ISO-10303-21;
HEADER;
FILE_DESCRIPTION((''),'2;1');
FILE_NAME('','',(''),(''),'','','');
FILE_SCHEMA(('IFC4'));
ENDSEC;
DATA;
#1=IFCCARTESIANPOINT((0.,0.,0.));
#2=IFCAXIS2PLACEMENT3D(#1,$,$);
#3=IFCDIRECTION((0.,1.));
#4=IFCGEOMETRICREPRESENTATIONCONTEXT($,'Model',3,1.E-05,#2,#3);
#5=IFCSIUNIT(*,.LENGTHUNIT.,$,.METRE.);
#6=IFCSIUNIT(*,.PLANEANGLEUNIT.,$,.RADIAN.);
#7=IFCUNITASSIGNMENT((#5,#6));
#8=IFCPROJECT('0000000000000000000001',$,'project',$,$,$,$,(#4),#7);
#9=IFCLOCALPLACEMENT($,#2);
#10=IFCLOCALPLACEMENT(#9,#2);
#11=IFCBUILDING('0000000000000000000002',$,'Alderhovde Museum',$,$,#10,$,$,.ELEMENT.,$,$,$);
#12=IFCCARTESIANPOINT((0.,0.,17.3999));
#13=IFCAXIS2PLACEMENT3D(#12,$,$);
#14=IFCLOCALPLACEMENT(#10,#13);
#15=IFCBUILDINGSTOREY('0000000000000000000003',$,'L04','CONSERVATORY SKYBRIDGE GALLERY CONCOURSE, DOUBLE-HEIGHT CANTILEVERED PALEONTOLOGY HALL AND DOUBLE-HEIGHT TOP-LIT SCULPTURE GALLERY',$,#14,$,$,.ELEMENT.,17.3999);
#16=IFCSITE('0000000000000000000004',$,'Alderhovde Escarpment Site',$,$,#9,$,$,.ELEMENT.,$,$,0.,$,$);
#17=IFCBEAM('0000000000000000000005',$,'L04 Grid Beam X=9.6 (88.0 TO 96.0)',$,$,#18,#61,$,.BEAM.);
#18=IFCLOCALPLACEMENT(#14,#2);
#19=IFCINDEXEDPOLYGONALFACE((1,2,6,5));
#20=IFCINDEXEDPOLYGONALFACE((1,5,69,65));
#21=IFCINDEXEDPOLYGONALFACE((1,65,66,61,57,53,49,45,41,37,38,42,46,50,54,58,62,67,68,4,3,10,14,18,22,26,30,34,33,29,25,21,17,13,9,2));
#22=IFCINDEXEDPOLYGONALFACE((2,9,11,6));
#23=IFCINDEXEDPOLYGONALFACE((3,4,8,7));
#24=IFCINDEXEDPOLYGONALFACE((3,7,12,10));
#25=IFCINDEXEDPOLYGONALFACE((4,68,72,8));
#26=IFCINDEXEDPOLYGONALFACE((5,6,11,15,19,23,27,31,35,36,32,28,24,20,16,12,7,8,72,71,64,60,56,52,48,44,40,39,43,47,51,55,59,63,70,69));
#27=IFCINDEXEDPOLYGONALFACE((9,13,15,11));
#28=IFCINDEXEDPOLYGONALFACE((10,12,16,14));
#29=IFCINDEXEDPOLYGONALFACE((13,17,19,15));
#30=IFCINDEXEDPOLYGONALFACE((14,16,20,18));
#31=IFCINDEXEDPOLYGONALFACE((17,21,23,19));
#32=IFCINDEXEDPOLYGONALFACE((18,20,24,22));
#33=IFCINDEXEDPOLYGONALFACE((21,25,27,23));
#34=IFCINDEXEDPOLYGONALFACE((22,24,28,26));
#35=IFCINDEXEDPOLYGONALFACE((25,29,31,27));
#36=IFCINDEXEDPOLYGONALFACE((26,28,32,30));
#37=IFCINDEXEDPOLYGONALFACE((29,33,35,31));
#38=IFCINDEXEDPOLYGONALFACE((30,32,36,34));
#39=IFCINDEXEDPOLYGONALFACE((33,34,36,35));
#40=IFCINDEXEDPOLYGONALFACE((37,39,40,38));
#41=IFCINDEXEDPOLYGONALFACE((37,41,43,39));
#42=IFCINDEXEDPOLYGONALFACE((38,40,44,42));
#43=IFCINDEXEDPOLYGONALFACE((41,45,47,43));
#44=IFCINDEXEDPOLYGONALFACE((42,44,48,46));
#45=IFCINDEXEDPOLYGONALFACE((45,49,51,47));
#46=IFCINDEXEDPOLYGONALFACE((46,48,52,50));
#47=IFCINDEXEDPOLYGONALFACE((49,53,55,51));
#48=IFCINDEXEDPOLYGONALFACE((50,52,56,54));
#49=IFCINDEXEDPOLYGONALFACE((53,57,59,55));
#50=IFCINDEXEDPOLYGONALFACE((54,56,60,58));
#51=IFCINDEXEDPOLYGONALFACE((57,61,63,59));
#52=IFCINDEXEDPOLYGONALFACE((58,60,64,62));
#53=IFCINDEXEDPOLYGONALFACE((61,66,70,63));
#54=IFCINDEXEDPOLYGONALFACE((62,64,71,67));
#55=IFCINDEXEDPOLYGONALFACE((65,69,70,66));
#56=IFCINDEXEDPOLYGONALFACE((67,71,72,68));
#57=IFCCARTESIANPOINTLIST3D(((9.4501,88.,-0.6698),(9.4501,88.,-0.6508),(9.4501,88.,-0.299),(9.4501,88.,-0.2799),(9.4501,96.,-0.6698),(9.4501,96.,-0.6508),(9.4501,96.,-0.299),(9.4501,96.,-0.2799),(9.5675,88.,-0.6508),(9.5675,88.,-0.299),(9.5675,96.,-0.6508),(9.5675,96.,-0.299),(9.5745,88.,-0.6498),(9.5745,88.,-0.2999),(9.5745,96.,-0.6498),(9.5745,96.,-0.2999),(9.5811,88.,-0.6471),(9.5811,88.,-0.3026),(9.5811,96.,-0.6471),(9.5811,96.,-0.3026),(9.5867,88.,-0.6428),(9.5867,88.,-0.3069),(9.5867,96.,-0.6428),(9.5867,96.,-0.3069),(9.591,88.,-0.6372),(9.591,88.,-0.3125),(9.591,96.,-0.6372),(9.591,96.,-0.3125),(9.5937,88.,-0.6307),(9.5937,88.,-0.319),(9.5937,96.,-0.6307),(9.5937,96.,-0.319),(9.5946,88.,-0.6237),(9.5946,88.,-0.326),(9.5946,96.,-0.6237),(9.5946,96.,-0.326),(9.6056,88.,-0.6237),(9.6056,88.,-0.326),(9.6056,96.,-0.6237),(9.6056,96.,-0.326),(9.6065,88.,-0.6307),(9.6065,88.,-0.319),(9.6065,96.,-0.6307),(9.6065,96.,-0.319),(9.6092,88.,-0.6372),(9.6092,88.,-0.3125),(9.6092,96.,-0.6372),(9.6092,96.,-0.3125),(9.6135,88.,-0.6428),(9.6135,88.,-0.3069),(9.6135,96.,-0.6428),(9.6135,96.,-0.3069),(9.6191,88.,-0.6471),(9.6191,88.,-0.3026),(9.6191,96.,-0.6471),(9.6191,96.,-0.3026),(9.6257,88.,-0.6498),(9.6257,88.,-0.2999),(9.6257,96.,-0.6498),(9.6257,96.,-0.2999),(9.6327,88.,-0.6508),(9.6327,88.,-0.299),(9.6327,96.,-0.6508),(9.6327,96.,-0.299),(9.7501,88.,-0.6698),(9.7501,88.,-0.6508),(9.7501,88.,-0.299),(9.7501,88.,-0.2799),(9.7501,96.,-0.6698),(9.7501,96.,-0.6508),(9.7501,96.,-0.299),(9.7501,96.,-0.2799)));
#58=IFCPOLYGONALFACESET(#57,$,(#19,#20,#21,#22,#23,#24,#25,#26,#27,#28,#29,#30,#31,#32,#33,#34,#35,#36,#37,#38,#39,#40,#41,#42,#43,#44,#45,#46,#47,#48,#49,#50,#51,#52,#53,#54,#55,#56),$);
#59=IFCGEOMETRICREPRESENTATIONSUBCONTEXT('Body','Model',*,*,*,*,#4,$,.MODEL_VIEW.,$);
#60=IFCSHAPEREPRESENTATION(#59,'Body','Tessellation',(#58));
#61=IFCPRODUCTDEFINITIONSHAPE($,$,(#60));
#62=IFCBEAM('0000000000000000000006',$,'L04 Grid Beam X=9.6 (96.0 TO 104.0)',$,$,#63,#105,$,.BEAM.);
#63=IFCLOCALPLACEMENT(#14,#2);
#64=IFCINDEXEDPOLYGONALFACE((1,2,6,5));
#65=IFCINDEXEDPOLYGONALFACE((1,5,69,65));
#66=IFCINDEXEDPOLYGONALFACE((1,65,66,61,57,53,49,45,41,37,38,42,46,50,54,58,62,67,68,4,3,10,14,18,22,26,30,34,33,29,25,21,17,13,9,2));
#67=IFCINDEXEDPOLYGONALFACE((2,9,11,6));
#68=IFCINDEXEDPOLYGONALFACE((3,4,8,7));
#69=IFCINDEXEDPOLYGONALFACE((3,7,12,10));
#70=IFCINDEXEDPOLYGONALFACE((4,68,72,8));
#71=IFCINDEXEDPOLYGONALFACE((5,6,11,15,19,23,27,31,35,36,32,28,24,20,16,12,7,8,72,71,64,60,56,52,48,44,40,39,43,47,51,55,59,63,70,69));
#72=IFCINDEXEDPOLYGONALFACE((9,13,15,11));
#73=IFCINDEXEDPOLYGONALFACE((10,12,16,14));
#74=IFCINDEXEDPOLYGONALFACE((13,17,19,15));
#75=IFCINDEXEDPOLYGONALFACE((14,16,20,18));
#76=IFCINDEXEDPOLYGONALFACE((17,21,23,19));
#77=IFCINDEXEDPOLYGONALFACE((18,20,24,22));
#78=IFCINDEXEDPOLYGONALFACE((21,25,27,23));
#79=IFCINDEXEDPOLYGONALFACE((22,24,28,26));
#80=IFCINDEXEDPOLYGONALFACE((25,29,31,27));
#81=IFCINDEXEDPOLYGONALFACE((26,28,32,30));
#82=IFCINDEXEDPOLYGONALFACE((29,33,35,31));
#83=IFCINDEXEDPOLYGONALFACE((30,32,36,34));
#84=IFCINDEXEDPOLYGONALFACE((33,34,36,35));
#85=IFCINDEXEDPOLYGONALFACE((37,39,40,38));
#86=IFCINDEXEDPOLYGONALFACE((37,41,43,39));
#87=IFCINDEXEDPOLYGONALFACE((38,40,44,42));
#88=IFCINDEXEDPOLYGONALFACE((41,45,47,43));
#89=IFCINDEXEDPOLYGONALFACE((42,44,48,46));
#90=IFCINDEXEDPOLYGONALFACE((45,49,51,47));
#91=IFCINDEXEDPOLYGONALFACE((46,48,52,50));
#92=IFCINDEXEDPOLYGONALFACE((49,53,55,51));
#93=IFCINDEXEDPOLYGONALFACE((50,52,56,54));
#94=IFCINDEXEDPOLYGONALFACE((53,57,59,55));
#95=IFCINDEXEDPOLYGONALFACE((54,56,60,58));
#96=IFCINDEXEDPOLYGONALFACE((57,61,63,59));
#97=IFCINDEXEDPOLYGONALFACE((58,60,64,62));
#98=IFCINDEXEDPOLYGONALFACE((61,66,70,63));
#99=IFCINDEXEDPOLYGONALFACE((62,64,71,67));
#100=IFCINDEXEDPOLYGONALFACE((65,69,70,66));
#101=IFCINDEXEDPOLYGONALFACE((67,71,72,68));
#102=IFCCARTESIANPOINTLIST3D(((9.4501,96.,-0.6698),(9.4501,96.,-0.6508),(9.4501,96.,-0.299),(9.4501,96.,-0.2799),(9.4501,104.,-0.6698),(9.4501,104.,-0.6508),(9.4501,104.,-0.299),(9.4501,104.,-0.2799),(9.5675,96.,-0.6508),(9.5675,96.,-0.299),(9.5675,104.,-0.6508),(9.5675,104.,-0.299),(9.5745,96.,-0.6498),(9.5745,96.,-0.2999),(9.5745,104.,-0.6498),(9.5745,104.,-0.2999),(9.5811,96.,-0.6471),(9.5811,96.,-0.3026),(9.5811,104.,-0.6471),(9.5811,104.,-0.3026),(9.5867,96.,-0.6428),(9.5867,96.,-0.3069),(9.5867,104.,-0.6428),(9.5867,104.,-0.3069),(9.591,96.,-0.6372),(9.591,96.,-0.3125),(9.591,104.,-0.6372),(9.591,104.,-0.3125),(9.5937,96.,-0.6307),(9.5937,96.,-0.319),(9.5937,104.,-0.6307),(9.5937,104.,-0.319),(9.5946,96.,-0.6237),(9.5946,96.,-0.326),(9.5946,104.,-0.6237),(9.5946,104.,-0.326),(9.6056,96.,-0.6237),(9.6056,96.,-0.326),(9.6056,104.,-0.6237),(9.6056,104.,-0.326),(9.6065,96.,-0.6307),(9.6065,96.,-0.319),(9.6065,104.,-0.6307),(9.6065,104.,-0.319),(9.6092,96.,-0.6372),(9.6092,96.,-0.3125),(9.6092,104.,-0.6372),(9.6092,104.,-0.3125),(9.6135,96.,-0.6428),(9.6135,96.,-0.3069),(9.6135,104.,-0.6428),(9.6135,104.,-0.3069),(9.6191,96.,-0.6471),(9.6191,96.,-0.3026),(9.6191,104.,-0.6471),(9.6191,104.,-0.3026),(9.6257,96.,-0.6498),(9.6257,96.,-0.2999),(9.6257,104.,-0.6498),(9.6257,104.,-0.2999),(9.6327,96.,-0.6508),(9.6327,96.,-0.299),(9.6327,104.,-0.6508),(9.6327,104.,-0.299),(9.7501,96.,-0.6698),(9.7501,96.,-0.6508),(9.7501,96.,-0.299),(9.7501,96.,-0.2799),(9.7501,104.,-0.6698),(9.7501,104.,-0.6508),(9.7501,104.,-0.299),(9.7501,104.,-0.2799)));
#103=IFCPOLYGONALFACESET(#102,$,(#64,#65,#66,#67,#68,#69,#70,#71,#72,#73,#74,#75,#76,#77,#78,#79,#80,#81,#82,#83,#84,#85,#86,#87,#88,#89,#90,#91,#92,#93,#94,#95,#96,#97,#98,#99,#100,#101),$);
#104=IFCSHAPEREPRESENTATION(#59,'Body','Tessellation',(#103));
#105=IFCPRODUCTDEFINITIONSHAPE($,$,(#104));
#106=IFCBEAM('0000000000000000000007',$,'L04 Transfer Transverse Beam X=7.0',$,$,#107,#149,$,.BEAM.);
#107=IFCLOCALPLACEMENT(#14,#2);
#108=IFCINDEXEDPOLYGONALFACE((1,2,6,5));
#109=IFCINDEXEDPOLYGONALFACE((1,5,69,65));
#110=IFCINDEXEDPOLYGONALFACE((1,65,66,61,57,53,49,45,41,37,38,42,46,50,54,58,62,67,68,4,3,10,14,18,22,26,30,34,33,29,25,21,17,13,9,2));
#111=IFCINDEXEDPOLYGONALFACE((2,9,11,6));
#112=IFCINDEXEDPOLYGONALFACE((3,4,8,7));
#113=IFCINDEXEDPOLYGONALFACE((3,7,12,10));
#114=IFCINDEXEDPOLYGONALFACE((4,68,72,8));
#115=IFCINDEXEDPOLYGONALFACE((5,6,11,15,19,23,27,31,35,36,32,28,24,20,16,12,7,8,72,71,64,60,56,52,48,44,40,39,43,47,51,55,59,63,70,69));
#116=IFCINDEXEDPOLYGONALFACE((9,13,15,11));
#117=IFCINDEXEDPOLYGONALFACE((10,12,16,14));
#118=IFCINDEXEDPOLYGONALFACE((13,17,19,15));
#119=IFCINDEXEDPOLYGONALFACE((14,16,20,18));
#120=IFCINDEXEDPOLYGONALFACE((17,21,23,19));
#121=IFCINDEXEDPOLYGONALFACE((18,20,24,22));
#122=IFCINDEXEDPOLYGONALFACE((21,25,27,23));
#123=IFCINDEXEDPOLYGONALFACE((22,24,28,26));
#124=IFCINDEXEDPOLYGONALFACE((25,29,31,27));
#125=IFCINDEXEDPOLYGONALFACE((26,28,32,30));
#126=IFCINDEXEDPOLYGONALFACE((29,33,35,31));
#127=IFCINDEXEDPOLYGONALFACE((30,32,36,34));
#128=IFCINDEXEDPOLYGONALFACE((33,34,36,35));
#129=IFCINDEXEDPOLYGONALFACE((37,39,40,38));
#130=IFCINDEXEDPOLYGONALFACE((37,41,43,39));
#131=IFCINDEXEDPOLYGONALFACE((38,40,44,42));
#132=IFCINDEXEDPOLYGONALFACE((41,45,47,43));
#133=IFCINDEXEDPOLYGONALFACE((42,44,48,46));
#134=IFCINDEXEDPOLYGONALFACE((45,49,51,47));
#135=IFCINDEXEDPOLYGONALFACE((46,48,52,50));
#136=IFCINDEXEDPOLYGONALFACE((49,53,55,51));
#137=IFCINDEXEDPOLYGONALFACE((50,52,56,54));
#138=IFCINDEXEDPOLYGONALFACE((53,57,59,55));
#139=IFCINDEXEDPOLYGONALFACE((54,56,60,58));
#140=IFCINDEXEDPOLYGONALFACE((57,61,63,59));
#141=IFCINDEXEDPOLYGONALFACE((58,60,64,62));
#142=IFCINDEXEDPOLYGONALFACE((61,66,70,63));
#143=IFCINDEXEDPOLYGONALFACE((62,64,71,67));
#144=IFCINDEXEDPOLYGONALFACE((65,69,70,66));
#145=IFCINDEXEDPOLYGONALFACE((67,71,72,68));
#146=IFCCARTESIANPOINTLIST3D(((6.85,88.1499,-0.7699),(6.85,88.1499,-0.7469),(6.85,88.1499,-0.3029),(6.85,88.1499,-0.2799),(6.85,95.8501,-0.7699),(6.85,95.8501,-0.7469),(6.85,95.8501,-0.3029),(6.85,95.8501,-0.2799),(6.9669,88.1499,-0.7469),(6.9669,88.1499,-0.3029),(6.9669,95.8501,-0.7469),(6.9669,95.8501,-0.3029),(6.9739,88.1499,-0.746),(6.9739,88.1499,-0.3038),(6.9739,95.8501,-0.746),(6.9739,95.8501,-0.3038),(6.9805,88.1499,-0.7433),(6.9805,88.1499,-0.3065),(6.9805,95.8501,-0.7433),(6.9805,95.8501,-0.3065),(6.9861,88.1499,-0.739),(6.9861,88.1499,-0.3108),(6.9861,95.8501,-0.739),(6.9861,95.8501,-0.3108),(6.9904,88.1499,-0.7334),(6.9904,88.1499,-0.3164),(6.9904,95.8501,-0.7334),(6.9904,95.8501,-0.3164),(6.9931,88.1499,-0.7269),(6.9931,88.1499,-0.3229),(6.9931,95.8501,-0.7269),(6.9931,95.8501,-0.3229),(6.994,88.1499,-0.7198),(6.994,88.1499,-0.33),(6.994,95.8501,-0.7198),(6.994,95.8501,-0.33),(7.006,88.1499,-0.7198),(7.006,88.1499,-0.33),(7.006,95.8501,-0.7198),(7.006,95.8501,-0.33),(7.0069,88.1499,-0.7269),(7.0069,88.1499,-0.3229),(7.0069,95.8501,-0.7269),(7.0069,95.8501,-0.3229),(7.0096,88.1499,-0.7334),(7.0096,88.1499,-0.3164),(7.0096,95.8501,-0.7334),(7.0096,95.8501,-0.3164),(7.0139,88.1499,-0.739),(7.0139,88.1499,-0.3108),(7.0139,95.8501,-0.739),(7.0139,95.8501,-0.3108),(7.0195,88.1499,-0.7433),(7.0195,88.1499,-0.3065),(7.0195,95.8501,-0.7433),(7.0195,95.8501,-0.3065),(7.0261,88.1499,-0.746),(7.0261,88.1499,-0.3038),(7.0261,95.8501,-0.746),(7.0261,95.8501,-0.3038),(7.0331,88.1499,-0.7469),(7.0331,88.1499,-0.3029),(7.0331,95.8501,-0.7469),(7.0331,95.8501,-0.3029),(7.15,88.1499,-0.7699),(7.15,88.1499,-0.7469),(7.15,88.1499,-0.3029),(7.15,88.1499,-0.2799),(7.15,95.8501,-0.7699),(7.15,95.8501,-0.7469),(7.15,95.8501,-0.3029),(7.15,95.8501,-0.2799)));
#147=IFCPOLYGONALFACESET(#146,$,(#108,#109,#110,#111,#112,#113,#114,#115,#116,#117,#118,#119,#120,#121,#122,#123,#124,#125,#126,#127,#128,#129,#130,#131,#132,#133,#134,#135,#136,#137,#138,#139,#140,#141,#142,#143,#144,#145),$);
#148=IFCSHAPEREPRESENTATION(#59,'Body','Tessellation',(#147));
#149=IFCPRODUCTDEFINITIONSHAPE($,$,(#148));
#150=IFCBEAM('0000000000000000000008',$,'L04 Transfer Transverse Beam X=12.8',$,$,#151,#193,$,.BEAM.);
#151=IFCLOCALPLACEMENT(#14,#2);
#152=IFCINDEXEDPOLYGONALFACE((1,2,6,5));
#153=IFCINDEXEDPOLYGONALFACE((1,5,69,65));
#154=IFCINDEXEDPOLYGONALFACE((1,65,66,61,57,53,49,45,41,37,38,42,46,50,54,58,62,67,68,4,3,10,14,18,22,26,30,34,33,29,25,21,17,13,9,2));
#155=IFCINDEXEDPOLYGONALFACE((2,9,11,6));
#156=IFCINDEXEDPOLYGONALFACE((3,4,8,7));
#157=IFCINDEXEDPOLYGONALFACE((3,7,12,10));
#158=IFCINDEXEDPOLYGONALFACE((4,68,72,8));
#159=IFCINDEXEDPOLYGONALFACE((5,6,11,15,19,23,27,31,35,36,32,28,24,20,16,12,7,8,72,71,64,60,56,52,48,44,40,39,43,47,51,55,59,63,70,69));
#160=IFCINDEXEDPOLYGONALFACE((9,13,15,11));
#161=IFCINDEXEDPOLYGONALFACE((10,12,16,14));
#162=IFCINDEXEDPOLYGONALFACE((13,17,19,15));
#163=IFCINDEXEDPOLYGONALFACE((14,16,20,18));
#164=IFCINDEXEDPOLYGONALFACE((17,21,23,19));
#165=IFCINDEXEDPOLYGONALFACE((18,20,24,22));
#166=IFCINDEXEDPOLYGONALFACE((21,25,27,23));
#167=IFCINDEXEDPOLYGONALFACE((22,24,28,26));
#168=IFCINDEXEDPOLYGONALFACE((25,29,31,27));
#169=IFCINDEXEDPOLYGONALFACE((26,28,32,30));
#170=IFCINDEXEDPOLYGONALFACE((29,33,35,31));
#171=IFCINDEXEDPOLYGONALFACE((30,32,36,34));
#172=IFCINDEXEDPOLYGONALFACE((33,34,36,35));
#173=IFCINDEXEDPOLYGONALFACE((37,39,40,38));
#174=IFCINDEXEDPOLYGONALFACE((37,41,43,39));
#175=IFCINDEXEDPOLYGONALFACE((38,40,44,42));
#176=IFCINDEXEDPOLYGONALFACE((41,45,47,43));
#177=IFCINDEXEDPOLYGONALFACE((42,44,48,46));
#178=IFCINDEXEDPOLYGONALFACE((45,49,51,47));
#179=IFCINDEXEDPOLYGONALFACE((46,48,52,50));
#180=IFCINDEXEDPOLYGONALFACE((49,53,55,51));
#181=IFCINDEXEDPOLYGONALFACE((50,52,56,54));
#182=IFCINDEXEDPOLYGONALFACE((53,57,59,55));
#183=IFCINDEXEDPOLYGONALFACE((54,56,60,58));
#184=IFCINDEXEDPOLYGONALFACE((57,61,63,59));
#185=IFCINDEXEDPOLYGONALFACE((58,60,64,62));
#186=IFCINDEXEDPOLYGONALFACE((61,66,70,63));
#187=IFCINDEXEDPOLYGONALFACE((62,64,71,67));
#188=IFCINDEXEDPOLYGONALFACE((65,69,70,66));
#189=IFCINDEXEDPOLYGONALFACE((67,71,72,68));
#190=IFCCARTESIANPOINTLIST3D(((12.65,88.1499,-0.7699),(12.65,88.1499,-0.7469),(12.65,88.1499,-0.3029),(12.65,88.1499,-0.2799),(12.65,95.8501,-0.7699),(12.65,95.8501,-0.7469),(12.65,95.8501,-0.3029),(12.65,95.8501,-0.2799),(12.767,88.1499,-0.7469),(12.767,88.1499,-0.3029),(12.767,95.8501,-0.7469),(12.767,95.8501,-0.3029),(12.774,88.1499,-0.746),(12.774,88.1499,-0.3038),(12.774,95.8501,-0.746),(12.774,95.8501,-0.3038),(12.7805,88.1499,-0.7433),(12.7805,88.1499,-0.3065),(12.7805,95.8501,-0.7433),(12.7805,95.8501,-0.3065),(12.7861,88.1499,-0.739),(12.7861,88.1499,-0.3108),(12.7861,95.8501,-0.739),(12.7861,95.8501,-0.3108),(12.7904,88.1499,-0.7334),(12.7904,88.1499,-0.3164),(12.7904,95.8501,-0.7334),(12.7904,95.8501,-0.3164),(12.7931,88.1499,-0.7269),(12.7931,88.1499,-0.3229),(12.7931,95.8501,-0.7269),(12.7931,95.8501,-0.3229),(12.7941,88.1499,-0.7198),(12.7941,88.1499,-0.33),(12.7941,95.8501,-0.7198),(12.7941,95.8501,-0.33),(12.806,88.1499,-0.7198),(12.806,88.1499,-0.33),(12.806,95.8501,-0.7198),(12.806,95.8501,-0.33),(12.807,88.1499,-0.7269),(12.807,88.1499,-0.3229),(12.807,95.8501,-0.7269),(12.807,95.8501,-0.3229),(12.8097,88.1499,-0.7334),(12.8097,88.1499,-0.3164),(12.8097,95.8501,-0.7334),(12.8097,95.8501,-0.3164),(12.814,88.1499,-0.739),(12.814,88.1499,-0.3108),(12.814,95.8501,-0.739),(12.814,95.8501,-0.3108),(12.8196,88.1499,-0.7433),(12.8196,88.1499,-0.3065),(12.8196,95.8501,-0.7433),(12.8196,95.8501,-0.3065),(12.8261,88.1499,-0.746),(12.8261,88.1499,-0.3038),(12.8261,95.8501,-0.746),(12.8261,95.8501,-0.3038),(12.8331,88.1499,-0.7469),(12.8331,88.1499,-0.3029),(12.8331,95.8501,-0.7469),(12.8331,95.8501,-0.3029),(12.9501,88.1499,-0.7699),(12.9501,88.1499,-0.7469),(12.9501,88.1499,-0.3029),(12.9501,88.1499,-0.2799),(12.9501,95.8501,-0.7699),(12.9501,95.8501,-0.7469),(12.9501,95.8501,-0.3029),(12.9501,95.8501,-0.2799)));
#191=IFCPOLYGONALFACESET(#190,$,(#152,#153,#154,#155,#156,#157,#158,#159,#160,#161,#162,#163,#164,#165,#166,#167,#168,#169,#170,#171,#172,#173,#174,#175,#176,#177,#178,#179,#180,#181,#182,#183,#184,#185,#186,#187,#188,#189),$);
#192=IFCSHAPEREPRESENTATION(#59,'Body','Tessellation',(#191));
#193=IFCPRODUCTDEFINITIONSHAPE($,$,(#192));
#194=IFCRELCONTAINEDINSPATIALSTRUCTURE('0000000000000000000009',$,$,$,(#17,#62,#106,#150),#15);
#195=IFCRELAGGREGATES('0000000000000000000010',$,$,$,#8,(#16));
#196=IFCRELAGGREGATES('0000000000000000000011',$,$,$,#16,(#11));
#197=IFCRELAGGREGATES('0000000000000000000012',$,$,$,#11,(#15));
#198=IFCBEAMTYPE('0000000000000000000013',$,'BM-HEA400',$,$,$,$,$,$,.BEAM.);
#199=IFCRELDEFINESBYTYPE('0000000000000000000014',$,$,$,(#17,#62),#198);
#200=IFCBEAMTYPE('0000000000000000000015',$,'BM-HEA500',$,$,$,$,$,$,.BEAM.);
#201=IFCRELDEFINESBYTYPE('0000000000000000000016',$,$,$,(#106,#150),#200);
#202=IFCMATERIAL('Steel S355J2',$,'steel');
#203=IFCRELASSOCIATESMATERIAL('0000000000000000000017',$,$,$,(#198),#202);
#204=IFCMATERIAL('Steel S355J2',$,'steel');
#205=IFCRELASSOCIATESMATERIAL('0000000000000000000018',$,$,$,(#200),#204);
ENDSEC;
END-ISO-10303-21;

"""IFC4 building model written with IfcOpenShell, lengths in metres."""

from ifc_helpers import new_model, si_unit, direction, frame, origin, origin_2d, place, context, subcontext, project, spatial, i_section, extrude, material, material_profile, profile_set, type_object, element, save


model = new_model("IFC4")

# Units and contexts
model_context = context("Model", 3, precision=1e-05, world=origin(), true_north=direction((0.0, 1.0)))
body_context = subcontext(model_context, "Body", "Model", "MODEL_VIEW")
ifc_project = project(units=[si_unit("LENGTHUNIT", "METRE"), si_unit("PLANEANGLEUNIT", "RADIAN")], contexts=[model_context])

# Site, building, storey
site_placement = place(None, origin())
site = spatial("IfcSite", under=ifc_project, at=site_placement, Name="Alderhovde Escarpment Site", CompositionType="ELEMENT", RefElevation=0.0)
building_placement = place(site_placement, origin())
building = spatial("IfcBuilding", under=site, at=building_placement, Name="Alderhovde Museum", CompositionType="ELEMENT")
storey_placement = place(building_placement, frame((0.0, 0.0, 17.3999)))
storey = spatial("IfcBuildingStorey", under=building, at=storey_placement, Name="L04", Description="CONSERVATORY SKYBRIDGE GALLERY CONCOURSE, DOUBLE-HEIGHT CANTILEVERED PALEONTOLOGY HALL AND DOUBLE-HEIGHT TOP-LIT SCULPTURE GALLERY", CompositionType="ELEMENT", Elevation=17.3999)

# Beams
ifc_material_1 = material(Name="Steel S355J2", Category="steel")
ifc_material_profile_1 = material_profile(ifc_material_1, i_section(OverallWidth=0.3, OverallDepth=0.3899, WebThickness=0.011, FlangeThickness=0.019, FilletRadius=0.0271, at=origin_2d()), Name="HEA 400")
ifc_profile_set_1 = profile_set([ifc_material_profile_1], Name="Steel S355J2")
beam_type_1 = type_object("IfcBeamType", Name="BM-HEA400", PredefinedType="BEAM", material=ifc_profile_set_1)
for number, where, z_axis, x_axis, name in (
    (1, (9.6001, 88.0, -0.4749), (0.0, 1.0, 0.0), (-1.0, 0.0, 0.0), "L04 Grid Beam X=9.6 (88.0 TO 96.0)"),
    (2, (9.6001, 96.0, -0.4749), (0.0, 1.0, 0.0), (-1.0, 0.0, 0.0), "L04 Grid Beam X=9.6 (96.0 TO 104.0)"),
):
    element("IfcBeam", number, at=place(storey_placement, frame(where, z_axis=z_axis, x_axis=x_axis)), inside=storey, type_object=beam_type_1, Name=name, PredefinedType="BEAM", context=body_context, shape_type="SweptSolid", body=[
        extrude(i_section(OverallWidth=0.3, OverallDepth=0.3899, WebThickness=0.011, FlangeThickness=0.019, FilletRadius=0.0271, at=origin_2d()), origin(), (0.0, 0.0, 1.0), 8.0),
    ])
ifc_material_2 = material(Name="Steel S355J2", Category="steel")
ifc_material_profile_2 = material_profile(ifc_material_2, i_section(OverallWidth=0.3, OverallDepth=0.49, WebThickness=0.012, FlangeThickness=0.0229, FilletRadius=0.0271, at=origin_2d()), Name="HEA 500")
ifc_profile_set_2 = profile_set([ifc_material_profile_2], Name="Steel S355J2")
beam_type_2 = type_object("IfcBeamType", Name="BM-HEA500", PredefinedType="BEAM", material=ifc_profile_set_2)
for number, where, z_axis, x_axis, name in (
    (3, (7.0, 88.1499, -0.5249), (0.0, 1.0, 0.0), (-1.0, 0.0, 0.0), "L04 Transfer Transverse Beam X=7.0"),
    (4, (12.8, 88.1499, -0.5249), (0.0, 1.0, 0.0), (-1.0, 0.0, 0.0), "L04 Transfer Transverse Beam X=12.8"),
):
    element("IfcBeam", number, at=place(storey_placement, frame(where, z_axis=z_axis, x_axis=x_axis)), inside=storey, type_object=beam_type_2, Name=name, PredefinedType="BEAM", context=body_context, shape_type="SweptSolid", body=[
        extrude(i_section(OverallWidth=0.3, OverallDepth=0.49, WebThickness=0.012, FlangeThickness=0.0229, FilletRadius=0.0271, at=origin_2d()), origin(), (0.0, 0.0, 1.0), 7.7002),
    ])

save(model, "model.ifc")
